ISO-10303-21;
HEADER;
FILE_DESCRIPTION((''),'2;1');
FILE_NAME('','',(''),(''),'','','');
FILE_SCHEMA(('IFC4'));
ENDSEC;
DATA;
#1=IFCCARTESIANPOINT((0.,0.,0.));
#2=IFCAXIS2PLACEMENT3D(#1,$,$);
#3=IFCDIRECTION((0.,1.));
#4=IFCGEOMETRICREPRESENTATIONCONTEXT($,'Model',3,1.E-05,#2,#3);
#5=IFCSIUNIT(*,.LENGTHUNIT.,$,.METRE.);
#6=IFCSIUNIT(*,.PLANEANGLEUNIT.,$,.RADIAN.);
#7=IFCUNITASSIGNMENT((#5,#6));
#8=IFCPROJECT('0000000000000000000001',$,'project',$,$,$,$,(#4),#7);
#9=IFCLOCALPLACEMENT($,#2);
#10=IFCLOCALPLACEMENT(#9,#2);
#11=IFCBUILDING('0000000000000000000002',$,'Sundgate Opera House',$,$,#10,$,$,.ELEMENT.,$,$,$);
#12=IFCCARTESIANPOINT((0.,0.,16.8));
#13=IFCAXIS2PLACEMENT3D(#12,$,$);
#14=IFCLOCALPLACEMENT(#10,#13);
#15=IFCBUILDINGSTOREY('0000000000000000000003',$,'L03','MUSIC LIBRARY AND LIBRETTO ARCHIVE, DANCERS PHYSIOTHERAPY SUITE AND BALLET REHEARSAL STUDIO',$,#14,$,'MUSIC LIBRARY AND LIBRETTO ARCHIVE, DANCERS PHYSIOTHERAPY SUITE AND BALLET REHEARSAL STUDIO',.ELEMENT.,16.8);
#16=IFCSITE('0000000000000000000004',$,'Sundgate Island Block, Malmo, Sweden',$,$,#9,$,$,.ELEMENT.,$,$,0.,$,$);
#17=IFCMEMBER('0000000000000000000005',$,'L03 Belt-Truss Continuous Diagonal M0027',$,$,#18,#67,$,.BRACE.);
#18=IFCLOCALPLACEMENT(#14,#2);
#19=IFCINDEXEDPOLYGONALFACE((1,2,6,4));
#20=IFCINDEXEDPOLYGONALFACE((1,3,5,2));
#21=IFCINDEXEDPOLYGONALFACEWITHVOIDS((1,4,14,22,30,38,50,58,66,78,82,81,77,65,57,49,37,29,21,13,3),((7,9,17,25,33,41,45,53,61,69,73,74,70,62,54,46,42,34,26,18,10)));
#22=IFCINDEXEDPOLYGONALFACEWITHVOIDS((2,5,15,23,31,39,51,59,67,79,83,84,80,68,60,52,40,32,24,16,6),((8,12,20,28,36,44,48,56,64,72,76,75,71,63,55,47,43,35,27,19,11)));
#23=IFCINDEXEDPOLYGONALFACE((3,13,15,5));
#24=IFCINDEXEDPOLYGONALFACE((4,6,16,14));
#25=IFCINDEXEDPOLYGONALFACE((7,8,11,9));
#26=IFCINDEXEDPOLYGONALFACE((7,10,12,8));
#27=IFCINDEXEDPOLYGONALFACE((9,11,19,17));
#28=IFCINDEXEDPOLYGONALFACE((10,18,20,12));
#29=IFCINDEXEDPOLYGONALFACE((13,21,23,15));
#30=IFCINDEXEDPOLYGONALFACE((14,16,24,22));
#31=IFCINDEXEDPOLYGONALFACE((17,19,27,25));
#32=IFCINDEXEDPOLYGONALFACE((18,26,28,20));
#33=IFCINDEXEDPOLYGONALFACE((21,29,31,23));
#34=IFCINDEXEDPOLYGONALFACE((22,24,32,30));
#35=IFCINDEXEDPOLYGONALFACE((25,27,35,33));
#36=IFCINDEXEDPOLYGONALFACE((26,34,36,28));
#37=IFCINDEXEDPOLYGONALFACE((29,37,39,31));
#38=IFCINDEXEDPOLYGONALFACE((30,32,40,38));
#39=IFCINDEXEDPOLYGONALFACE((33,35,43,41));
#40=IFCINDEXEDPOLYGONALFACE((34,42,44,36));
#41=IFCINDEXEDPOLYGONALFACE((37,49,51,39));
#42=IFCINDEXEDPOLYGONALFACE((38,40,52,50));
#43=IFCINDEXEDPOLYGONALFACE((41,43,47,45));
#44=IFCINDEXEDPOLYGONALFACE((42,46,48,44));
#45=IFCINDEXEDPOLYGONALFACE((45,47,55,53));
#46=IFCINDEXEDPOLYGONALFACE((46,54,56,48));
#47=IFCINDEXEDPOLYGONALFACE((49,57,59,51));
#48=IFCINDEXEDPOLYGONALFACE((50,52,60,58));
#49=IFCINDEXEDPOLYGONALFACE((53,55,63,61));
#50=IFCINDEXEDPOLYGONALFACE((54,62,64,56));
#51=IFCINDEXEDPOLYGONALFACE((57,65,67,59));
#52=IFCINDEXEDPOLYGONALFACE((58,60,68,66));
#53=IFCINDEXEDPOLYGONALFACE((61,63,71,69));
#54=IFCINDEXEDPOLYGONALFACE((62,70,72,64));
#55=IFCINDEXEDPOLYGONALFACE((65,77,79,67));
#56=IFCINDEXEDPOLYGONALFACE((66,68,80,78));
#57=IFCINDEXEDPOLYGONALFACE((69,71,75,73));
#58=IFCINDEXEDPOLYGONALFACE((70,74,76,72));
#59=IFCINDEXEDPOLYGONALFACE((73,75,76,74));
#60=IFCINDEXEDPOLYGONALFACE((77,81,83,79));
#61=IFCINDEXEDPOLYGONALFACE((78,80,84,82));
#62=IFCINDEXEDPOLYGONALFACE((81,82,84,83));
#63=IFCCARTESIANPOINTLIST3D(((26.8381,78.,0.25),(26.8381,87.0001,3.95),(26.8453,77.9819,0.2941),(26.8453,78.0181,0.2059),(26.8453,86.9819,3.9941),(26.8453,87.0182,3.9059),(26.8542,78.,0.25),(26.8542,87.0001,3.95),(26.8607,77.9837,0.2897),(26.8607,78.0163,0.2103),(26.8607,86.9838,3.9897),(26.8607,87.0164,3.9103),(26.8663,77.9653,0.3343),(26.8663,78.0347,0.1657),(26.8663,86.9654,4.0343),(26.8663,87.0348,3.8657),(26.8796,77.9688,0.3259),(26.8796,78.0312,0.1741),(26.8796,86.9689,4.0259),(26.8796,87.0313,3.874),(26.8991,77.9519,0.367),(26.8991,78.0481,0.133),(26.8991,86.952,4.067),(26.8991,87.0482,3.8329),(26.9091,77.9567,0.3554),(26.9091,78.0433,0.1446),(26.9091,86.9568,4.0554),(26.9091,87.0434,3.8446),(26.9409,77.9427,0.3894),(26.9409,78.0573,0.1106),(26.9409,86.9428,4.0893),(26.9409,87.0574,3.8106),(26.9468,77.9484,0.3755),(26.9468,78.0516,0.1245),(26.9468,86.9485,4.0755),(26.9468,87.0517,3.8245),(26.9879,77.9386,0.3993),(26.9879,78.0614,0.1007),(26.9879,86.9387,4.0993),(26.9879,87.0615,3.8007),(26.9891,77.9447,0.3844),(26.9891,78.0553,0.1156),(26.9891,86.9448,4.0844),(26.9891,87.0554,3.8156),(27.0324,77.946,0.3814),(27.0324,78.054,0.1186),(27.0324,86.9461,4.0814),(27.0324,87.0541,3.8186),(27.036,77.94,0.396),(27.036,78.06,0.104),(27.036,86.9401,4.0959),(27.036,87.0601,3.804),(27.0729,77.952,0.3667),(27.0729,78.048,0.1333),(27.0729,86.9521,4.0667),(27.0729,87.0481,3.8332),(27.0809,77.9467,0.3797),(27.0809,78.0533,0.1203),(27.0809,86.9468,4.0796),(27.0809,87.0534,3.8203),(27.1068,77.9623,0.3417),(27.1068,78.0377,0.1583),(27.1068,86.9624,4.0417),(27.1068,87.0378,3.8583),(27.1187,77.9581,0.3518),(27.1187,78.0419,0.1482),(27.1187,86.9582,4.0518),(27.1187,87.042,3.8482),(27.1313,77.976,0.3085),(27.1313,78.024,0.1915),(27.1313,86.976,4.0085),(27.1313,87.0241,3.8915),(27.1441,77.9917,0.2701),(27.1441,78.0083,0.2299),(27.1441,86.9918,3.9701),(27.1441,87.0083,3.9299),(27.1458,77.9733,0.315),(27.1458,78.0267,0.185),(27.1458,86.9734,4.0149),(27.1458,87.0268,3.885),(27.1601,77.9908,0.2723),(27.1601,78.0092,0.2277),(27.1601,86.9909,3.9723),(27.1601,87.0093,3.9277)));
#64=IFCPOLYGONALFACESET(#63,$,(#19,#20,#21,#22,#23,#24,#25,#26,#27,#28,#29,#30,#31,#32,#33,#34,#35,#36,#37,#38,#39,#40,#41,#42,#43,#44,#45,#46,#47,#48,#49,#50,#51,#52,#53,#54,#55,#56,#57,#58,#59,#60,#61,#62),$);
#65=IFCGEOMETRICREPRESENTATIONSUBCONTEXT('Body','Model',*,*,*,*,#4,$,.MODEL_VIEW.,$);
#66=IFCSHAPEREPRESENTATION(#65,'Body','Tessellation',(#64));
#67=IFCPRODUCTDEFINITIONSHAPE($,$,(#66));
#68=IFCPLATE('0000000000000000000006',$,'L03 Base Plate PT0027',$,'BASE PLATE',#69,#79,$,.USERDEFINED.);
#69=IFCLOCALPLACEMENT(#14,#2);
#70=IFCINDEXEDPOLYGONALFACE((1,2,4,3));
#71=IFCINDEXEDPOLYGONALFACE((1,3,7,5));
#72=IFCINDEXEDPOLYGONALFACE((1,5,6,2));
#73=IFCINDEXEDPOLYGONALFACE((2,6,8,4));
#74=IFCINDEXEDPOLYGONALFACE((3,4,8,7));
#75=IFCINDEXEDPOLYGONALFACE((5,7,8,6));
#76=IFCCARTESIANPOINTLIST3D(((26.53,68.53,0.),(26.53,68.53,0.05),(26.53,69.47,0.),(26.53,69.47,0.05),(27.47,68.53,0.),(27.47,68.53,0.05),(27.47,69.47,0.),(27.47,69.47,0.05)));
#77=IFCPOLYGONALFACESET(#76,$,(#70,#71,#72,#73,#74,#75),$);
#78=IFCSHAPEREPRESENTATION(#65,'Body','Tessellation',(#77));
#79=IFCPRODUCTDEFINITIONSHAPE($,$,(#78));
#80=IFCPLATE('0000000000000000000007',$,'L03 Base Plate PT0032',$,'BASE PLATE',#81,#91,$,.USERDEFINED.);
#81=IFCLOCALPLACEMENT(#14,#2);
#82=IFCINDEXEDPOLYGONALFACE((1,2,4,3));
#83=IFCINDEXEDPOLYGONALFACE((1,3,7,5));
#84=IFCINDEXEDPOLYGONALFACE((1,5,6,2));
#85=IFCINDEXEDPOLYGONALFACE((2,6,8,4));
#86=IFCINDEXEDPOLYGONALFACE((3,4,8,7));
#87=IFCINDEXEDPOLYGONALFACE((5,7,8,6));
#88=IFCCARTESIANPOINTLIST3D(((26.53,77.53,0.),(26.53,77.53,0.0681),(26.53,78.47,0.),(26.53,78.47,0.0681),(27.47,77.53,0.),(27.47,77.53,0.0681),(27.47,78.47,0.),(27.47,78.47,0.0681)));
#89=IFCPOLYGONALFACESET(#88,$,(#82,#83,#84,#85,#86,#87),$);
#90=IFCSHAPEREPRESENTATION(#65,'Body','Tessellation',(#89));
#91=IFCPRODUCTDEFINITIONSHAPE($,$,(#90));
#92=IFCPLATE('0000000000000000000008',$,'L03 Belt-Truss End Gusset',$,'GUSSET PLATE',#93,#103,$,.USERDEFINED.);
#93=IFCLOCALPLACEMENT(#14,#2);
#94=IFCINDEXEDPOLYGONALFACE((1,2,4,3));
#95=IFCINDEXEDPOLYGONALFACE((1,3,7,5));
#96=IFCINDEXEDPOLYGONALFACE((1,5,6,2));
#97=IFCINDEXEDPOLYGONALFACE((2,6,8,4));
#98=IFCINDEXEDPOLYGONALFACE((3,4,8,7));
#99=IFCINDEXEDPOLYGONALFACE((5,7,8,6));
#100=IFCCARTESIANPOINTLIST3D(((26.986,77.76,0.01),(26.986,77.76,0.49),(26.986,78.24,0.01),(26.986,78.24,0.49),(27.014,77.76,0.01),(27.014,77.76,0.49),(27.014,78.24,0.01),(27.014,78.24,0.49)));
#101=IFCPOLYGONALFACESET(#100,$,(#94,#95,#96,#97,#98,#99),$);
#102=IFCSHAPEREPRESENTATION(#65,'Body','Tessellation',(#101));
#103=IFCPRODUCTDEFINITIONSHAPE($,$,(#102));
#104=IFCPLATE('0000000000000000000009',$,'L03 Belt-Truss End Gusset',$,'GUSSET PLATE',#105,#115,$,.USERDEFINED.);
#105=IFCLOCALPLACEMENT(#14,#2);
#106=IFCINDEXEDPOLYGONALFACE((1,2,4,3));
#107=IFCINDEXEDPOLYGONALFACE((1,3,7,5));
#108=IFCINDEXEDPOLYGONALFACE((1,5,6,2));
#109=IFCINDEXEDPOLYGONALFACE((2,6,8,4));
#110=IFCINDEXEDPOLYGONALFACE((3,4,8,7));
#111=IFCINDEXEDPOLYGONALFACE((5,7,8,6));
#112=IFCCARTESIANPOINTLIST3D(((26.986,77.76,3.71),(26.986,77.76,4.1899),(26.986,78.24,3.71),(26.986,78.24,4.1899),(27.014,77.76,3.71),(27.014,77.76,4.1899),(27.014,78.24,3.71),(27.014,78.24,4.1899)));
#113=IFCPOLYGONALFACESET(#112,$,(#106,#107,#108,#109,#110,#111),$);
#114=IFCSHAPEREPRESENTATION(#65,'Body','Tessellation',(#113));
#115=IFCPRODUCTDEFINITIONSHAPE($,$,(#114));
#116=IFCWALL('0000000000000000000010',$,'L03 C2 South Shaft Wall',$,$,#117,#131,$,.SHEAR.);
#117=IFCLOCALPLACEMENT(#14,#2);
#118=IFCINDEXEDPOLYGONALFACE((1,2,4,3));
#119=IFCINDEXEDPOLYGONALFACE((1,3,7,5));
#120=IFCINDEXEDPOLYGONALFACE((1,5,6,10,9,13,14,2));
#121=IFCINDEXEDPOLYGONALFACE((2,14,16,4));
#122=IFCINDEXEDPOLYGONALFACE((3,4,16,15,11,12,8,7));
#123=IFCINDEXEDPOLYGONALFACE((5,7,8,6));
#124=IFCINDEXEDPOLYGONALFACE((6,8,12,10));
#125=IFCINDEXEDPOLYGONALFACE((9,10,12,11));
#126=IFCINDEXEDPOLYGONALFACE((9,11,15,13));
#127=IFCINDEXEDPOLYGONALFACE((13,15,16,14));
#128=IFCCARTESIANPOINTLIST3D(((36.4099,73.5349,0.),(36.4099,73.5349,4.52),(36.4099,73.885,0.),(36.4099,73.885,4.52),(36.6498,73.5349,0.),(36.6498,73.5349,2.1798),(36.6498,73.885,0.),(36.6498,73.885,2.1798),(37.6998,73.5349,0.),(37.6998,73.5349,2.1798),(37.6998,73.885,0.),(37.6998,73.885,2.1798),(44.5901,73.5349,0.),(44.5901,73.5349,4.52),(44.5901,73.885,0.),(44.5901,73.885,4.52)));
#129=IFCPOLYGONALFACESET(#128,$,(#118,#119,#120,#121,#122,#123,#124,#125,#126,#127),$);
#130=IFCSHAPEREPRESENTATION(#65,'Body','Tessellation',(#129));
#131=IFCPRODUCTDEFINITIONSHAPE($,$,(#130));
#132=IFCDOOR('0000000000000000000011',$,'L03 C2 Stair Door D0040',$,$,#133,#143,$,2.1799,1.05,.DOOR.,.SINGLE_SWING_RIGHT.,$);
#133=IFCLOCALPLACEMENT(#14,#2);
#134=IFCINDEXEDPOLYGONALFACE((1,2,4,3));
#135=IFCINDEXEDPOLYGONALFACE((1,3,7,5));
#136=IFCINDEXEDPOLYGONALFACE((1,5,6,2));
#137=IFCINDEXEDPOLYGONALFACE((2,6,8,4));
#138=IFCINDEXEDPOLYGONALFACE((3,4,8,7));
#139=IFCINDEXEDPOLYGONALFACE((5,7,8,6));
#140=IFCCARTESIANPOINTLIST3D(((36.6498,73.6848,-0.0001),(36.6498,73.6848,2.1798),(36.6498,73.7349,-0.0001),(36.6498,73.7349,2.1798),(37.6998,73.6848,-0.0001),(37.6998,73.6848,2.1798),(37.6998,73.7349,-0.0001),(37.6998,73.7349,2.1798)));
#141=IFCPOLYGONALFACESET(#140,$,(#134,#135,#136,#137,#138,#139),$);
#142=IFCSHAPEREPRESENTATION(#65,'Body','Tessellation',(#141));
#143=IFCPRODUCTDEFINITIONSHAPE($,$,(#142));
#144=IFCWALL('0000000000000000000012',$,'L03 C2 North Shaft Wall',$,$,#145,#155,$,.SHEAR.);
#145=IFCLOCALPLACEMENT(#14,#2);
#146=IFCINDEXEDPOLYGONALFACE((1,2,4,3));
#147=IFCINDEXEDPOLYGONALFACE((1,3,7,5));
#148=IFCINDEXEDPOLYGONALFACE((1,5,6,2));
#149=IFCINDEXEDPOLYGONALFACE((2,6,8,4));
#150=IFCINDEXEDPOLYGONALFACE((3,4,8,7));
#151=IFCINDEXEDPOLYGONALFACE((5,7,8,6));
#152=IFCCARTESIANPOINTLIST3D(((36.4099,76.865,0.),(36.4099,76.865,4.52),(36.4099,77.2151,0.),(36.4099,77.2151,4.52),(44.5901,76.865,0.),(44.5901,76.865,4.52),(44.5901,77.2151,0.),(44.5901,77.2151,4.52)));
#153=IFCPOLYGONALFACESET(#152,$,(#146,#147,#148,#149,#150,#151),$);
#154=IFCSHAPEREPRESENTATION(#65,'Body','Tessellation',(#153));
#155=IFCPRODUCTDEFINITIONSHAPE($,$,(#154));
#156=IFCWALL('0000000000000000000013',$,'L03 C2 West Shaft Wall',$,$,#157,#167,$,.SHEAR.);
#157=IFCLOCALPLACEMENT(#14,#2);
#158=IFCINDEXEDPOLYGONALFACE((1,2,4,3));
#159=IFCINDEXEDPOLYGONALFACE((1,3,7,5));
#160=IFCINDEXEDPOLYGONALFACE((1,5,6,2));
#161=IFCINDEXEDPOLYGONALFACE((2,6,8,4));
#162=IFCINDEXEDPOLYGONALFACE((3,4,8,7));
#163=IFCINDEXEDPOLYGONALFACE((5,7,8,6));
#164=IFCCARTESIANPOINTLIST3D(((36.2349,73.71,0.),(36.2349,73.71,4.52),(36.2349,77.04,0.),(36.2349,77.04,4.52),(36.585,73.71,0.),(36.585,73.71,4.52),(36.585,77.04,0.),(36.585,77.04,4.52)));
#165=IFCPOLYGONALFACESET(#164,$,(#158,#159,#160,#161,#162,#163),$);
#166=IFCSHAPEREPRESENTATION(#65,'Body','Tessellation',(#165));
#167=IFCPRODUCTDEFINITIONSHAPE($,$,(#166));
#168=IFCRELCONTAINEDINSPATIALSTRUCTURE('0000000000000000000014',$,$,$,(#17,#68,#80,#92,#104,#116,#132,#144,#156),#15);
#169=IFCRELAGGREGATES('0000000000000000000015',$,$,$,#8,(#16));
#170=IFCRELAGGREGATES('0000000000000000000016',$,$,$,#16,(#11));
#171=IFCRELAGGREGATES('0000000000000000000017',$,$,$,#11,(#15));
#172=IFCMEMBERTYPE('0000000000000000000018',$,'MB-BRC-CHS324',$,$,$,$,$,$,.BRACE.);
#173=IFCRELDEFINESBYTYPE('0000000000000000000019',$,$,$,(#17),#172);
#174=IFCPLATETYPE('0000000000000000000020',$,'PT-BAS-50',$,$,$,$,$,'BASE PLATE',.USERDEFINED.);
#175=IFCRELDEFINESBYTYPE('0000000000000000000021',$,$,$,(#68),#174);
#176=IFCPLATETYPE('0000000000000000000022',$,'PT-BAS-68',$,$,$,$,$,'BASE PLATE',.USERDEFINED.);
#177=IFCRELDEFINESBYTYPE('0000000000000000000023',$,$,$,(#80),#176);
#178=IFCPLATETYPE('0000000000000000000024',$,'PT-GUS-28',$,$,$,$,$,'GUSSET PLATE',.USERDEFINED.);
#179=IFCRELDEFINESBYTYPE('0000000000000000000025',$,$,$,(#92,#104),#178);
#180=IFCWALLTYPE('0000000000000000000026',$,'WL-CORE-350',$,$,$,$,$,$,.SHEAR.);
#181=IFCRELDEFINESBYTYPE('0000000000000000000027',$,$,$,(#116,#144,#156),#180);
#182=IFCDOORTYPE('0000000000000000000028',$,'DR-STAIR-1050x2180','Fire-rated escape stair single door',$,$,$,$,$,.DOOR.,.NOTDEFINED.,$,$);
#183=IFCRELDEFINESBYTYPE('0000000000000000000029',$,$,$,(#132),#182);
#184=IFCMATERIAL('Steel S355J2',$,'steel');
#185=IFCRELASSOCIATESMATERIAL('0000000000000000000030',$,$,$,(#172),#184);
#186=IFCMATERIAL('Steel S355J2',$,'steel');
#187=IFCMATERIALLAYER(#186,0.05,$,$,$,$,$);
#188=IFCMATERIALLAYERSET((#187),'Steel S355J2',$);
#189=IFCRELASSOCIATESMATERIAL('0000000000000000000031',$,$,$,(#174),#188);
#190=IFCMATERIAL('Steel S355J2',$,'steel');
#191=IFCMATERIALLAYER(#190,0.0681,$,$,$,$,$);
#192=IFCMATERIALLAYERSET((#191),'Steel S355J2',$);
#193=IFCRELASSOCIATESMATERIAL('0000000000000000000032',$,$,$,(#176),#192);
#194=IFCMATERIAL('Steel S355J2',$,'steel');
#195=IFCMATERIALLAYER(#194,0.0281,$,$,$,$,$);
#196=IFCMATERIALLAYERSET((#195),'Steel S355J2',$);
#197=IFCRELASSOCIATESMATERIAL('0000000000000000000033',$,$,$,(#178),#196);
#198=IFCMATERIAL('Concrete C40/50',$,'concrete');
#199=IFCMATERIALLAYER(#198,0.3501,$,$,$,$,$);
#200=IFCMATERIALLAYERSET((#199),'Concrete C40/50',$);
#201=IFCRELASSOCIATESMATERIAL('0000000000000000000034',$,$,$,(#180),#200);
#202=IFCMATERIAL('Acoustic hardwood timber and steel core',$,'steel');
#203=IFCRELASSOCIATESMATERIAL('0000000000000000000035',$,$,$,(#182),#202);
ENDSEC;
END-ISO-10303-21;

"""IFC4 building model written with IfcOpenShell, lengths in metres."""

from ifc_helpers import new_model, si_unit, direction, frame, frame_2d, origin, origin_2d, place, context, subcontext, project, spatial, rectangle, hollow_circle, extrude, material, layer, layer_set, material_profile, profile_set, type_object, element, fill, save


model = new_model("IFC4")

# Units and contexts
model_context = context("Model", 3, precision=1e-05, world=origin(), true_north=direction((0.0, 1.0)))
body_context = subcontext(model_context, "Body", "Model", "MODEL_VIEW")
ifc_project = project(units=[si_unit("LENGTHUNIT", "METRE"), si_unit("PLANEANGLEUNIT", "RADIAN")], contexts=[model_context])

# Site, building, storey
site_placement = place(None, origin())
site = spatial("IfcSite", under=ifc_project, at=site_placement, Name="Sundgate Island Block, Malmo, Sweden", CompositionType="ELEMENT", RefElevation=0.0)
building_placement = place(site_placement, origin())
building = spatial("IfcBuilding", under=site, at=building_placement, Name="Sundgate Opera House", CompositionType="ELEMENT")
storey_placement = place(building_placement, frame((0.0, 0.0, 16.8)))
storey = spatial("IfcBuildingStorey", under=building, at=storey_placement, Name="L03", Description="MUSIC LIBRARY AND LIBRETTO ARCHIVE, DANCERS PHYSIOTHERAPY SUITE AND BALLET REHEARSAL STUDIO", LongName="MUSIC LIBRARY AND LIBRETTO ARCHIVE, DANCERS PHYSIOTHERAPY SUITE AND BALLET REHEARSAL STUDIO", CompositionType="ELEMENT", Elevation=16.8)

# Member
ifc_material_1 = material(Name="Steel S355J2", Category="steel")
ifc_material_profile_1 = material_profile(ifc_material_1, hollow_circle(Radius=0.1619, WallThickness=0.0161, at=origin_2d()), Name="CHS 323.9x16.0")
ifc_profile_set_1 = profile_set([ifc_material_profile_1], Name="Steel S355J2")
member_type = type_object("IfcMemberType", Name="MB-BRC-CHS324", PredefinedType="BRACE", material=ifc_profile_set_1)
member_placement = place(storey_placement, frame((27.0, 78.0, 0.25), z_axis=(0.0, 0.924893, 0.380229), x_axis=(-1.0, 0.0, 0.0)))
element("IfcMember", 1, at=member_placement, inside=storey, type_object=member_type, Name="L03 Belt-Truss Continuous Diagonal M0027", PredefinedType="BRACE", context=body_context, shape_type="SweptSolid", body=[
    extrude(hollow_circle(Radius=0.1619, WallThickness=0.0161, at=origin_2d()), origin(), (0.0, 0.0, 1.0), 9.731),
])

# Plates
ifc_material_2 = material(Name="Steel S355J2", Category="steel")
ifc_layer_1 = layer(ifc_material_2, 0.05)
ifc_layer_set_1 = layer_set([ifc_layer_1], Name="Steel S355J2")
plate_type_1 = type_object("IfcPlateType", Name="PT-BAS-50", ElementType="BASE PLATE", PredefinedType="USERDEFINED", material=ifc_layer_set_1)
plate_1_placement = place(storey_placement, frame((27.0, 69.0, 0.0), z_axis=(0.0, 0.0, 1.0), x_axis=(1.0, 0.0, 0.0)))
element("IfcPlate", 2, at=plate_1_placement, inside=storey, type_object=plate_type_1, Name="L03 Base Plate PT0027", ObjectType="BASE PLATE", PredefinedType="USERDEFINED", context=body_context, shape_type="SweptSolid", body=[
    extrude(rectangle(XDim=0.9399, YDim=0.9399, at=origin_2d()), origin(), (0.0, 0.0, 1.0), 0.05),
])
ifc_material_3 = material(Name="Steel S355J2", Category="steel")
ifc_layer_2 = layer(ifc_material_3, 0.0681)
ifc_layer_set_2 = layer_set([ifc_layer_2], Name="Steel S355J2")
plate_type_2 = type_object("IfcPlateType", Name="PT-BAS-68", ElementType="BASE PLATE", PredefinedType="USERDEFINED", material=ifc_layer_set_2)
plate_2_placement = place(storey_placement, frame((27.0, 78.0, 0.0), z_axis=(0.0, 0.0, 1.0), x_axis=(1.0, 0.0, 0.0)))
element("IfcPlate", 3, at=plate_2_placement, inside=storey, type_object=plate_type_2, Name="L03 Base Plate PT0032", ObjectType="BASE PLATE", PredefinedType="USERDEFINED", context=body_context, shape_type="SweptSolid", body=[
    extrude(rectangle(XDim=0.9399, YDim=0.9399, at=origin_2d()), origin(), (0.0, 0.0, 1.0), 0.0681),
])
ifc_material_4 = material(Name="Steel S355J2", Category="steel")
ifc_layer_3 = layer(ifc_material_4, 0.0281)
ifc_layer_set_3 = layer_set([ifc_layer_3], Name="Steel S355J2")
plate_type_3 = type_object("IfcPlateType", Name="PT-GUS-28", ElementType="GUSSET PLATE", PredefinedType="USERDEFINED", material=ifc_layer_set_3)
for number, where, z_axis, x_axis, name in (
    (4, (27.0, 78.0, 0.01), (0.0, 0.0, 1.0), (1.0, 0.0, 0.0), "L03 Belt-Truss End Gusset"),
    (5, (27.0, 78.0, 3.71), (0.0, 0.0, 1.0), (1.0, 0.0, 0.0), "L03 Belt-Truss End Gusset"),
):
    element("IfcPlate", number, at=place(storey_placement, frame(where, z_axis=z_axis, x_axis=x_axis)), inside=storey, type_object=plate_type_3, Name=name, ObjectType="GUSSET PLATE", PredefinedType="USERDEFINED", context=body_context, shape_type="SweptSolid", body=[
        extrude(rectangle(XDim=0.0281, YDim=0.48, at=origin_2d()), origin(), (0.0, 0.0, 1.0), 0.48),
    ])

# Wall, opening, door
ifc_material_5 = material(Name="Concrete C40/50", Category="concrete")
ifc_layer_4 = layer(ifc_material_5, 0.3501)
ifc_layer_set_4 = layer_set([ifc_layer_4], Name="Concrete C40/50")
wall_type_1 = type_object("IfcWallType", Name="WL-CORE-350", PredefinedType="SHEAR", material=ifc_layer_set_4)
wall_1_placement = place(storey_placement, frame((36.4099, 73.71, 0.0), z_axis=(0.0, 0.0, 1.0), x_axis=(1.0, 0.0, 0.0)))
wall_1 = element("IfcWall", 6, at=wall_1_placement, inside=storey, type_object=wall_type_1, Name="L03 C2 South Shaft Wall", PredefinedType="SHEAR", context=body_context, shape_type="SweptSolid", body=[
    extrude(rectangle(XDim=8.1802, YDim=0.3501, at=frame_2d((4.0901, 0.0))), origin(), (0.0, 0.0, 1.0), 4.52),
])
opening_1_placement = place(wall_1_placement, frame((0.24, 0.0, 0.0)))
opening_1 = element("IfcOpeningElement", 7, at=opening_1_placement, cuts=wall_1, PredefinedType="OPENING", context=body_context, shape_type="SweptSolid", body=[
    extrude(rectangle(XDim=1.05, YDim=2.1799, at=frame_2d((0.5249, 1.0898))), frame((0.0, 0.1851, 0.0), z_axis=(0.0, -1.0, 0.0), x_axis=(1.0, 0.0, 0.0)), (0.0, 0.0, 1.0), 0.3701),
])
ifc_material_6 = material(Name="Acoustic hardwood timber and steel core", Category="steel")
door_type_1 = type_object("IfcDoorType", Name="DR-STAIR-1050x2180", Description="Fire-rated escape stair single door", OperationType="NOTDEFINED", PredefinedType="DOOR", material=ifc_material_6)
door_1_placement = place(opening_1_placement, origin())
door_1 = element("IfcDoor", 8, at=door_1_placement, inside=storey, type_object=door_type_1, Name="L03 C2 Stair Door D0040", OperationType="SINGLE_SWING_RIGHT", OverallHeight=2.1799, OverallWidth=1.05, PredefinedType="DOOR", context=body_context, shape_type="SweptSolid", body=[
    extrude(rectangle(XDim=1.05, YDim=2.1799, at=frame_2d((0.5249, 1.0898))), frame((0.0, 0.0249, 0.0), z_axis=(0.0, -1.0, 0.0), x_axis=(1.0, 0.0, 0.0)), (0.0, 0.0, 1.0), 0.05),
])
fill(opening_1, door_1)

# Walls
wall_2_placement = place(storey_placement, frame((36.4099, 77.04, 0.0), z_axis=(0.0, 0.0, 1.0), x_axis=(1.0, 0.0, 0.0)))
element("IfcWall", 9, at=wall_2_placement, inside=storey, type_object=wall_type_1, Name="L03 C2 North Shaft Wall", PredefinedType="SHEAR", context=body_context, shape_type="SweptSolid", body=[
    extrude(rectangle(XDim=8.1802, YDim=0.3501, at=frame_2d((4.0901, 0.0))), origin(), (0.0, 0.0, 1.0), 4.52),
])
wall_3_placement = place(storey_placement, frame((36.4099, 73.71, 0.0), z_axis=(0.0, 0.0, 1.0), x_axis=(0.0, 1.0, 0.0)))
element("IfcWall", 10, at=wall_3_placement, inside=storey, type_object=wall_type_1, Name="L03 C2 West Shaft Wall", PredefinedType="SHEAR", context=body_context, shape_type="SweptSolid", body=[
    extrude(rectangle(XDim=3.3301, YDim=0.3501, at=frame_2d((1.665, 0.0))), origin(), (0.0, 0.0, 1.0), 4.52),
])

save(model, "model.ifc")
